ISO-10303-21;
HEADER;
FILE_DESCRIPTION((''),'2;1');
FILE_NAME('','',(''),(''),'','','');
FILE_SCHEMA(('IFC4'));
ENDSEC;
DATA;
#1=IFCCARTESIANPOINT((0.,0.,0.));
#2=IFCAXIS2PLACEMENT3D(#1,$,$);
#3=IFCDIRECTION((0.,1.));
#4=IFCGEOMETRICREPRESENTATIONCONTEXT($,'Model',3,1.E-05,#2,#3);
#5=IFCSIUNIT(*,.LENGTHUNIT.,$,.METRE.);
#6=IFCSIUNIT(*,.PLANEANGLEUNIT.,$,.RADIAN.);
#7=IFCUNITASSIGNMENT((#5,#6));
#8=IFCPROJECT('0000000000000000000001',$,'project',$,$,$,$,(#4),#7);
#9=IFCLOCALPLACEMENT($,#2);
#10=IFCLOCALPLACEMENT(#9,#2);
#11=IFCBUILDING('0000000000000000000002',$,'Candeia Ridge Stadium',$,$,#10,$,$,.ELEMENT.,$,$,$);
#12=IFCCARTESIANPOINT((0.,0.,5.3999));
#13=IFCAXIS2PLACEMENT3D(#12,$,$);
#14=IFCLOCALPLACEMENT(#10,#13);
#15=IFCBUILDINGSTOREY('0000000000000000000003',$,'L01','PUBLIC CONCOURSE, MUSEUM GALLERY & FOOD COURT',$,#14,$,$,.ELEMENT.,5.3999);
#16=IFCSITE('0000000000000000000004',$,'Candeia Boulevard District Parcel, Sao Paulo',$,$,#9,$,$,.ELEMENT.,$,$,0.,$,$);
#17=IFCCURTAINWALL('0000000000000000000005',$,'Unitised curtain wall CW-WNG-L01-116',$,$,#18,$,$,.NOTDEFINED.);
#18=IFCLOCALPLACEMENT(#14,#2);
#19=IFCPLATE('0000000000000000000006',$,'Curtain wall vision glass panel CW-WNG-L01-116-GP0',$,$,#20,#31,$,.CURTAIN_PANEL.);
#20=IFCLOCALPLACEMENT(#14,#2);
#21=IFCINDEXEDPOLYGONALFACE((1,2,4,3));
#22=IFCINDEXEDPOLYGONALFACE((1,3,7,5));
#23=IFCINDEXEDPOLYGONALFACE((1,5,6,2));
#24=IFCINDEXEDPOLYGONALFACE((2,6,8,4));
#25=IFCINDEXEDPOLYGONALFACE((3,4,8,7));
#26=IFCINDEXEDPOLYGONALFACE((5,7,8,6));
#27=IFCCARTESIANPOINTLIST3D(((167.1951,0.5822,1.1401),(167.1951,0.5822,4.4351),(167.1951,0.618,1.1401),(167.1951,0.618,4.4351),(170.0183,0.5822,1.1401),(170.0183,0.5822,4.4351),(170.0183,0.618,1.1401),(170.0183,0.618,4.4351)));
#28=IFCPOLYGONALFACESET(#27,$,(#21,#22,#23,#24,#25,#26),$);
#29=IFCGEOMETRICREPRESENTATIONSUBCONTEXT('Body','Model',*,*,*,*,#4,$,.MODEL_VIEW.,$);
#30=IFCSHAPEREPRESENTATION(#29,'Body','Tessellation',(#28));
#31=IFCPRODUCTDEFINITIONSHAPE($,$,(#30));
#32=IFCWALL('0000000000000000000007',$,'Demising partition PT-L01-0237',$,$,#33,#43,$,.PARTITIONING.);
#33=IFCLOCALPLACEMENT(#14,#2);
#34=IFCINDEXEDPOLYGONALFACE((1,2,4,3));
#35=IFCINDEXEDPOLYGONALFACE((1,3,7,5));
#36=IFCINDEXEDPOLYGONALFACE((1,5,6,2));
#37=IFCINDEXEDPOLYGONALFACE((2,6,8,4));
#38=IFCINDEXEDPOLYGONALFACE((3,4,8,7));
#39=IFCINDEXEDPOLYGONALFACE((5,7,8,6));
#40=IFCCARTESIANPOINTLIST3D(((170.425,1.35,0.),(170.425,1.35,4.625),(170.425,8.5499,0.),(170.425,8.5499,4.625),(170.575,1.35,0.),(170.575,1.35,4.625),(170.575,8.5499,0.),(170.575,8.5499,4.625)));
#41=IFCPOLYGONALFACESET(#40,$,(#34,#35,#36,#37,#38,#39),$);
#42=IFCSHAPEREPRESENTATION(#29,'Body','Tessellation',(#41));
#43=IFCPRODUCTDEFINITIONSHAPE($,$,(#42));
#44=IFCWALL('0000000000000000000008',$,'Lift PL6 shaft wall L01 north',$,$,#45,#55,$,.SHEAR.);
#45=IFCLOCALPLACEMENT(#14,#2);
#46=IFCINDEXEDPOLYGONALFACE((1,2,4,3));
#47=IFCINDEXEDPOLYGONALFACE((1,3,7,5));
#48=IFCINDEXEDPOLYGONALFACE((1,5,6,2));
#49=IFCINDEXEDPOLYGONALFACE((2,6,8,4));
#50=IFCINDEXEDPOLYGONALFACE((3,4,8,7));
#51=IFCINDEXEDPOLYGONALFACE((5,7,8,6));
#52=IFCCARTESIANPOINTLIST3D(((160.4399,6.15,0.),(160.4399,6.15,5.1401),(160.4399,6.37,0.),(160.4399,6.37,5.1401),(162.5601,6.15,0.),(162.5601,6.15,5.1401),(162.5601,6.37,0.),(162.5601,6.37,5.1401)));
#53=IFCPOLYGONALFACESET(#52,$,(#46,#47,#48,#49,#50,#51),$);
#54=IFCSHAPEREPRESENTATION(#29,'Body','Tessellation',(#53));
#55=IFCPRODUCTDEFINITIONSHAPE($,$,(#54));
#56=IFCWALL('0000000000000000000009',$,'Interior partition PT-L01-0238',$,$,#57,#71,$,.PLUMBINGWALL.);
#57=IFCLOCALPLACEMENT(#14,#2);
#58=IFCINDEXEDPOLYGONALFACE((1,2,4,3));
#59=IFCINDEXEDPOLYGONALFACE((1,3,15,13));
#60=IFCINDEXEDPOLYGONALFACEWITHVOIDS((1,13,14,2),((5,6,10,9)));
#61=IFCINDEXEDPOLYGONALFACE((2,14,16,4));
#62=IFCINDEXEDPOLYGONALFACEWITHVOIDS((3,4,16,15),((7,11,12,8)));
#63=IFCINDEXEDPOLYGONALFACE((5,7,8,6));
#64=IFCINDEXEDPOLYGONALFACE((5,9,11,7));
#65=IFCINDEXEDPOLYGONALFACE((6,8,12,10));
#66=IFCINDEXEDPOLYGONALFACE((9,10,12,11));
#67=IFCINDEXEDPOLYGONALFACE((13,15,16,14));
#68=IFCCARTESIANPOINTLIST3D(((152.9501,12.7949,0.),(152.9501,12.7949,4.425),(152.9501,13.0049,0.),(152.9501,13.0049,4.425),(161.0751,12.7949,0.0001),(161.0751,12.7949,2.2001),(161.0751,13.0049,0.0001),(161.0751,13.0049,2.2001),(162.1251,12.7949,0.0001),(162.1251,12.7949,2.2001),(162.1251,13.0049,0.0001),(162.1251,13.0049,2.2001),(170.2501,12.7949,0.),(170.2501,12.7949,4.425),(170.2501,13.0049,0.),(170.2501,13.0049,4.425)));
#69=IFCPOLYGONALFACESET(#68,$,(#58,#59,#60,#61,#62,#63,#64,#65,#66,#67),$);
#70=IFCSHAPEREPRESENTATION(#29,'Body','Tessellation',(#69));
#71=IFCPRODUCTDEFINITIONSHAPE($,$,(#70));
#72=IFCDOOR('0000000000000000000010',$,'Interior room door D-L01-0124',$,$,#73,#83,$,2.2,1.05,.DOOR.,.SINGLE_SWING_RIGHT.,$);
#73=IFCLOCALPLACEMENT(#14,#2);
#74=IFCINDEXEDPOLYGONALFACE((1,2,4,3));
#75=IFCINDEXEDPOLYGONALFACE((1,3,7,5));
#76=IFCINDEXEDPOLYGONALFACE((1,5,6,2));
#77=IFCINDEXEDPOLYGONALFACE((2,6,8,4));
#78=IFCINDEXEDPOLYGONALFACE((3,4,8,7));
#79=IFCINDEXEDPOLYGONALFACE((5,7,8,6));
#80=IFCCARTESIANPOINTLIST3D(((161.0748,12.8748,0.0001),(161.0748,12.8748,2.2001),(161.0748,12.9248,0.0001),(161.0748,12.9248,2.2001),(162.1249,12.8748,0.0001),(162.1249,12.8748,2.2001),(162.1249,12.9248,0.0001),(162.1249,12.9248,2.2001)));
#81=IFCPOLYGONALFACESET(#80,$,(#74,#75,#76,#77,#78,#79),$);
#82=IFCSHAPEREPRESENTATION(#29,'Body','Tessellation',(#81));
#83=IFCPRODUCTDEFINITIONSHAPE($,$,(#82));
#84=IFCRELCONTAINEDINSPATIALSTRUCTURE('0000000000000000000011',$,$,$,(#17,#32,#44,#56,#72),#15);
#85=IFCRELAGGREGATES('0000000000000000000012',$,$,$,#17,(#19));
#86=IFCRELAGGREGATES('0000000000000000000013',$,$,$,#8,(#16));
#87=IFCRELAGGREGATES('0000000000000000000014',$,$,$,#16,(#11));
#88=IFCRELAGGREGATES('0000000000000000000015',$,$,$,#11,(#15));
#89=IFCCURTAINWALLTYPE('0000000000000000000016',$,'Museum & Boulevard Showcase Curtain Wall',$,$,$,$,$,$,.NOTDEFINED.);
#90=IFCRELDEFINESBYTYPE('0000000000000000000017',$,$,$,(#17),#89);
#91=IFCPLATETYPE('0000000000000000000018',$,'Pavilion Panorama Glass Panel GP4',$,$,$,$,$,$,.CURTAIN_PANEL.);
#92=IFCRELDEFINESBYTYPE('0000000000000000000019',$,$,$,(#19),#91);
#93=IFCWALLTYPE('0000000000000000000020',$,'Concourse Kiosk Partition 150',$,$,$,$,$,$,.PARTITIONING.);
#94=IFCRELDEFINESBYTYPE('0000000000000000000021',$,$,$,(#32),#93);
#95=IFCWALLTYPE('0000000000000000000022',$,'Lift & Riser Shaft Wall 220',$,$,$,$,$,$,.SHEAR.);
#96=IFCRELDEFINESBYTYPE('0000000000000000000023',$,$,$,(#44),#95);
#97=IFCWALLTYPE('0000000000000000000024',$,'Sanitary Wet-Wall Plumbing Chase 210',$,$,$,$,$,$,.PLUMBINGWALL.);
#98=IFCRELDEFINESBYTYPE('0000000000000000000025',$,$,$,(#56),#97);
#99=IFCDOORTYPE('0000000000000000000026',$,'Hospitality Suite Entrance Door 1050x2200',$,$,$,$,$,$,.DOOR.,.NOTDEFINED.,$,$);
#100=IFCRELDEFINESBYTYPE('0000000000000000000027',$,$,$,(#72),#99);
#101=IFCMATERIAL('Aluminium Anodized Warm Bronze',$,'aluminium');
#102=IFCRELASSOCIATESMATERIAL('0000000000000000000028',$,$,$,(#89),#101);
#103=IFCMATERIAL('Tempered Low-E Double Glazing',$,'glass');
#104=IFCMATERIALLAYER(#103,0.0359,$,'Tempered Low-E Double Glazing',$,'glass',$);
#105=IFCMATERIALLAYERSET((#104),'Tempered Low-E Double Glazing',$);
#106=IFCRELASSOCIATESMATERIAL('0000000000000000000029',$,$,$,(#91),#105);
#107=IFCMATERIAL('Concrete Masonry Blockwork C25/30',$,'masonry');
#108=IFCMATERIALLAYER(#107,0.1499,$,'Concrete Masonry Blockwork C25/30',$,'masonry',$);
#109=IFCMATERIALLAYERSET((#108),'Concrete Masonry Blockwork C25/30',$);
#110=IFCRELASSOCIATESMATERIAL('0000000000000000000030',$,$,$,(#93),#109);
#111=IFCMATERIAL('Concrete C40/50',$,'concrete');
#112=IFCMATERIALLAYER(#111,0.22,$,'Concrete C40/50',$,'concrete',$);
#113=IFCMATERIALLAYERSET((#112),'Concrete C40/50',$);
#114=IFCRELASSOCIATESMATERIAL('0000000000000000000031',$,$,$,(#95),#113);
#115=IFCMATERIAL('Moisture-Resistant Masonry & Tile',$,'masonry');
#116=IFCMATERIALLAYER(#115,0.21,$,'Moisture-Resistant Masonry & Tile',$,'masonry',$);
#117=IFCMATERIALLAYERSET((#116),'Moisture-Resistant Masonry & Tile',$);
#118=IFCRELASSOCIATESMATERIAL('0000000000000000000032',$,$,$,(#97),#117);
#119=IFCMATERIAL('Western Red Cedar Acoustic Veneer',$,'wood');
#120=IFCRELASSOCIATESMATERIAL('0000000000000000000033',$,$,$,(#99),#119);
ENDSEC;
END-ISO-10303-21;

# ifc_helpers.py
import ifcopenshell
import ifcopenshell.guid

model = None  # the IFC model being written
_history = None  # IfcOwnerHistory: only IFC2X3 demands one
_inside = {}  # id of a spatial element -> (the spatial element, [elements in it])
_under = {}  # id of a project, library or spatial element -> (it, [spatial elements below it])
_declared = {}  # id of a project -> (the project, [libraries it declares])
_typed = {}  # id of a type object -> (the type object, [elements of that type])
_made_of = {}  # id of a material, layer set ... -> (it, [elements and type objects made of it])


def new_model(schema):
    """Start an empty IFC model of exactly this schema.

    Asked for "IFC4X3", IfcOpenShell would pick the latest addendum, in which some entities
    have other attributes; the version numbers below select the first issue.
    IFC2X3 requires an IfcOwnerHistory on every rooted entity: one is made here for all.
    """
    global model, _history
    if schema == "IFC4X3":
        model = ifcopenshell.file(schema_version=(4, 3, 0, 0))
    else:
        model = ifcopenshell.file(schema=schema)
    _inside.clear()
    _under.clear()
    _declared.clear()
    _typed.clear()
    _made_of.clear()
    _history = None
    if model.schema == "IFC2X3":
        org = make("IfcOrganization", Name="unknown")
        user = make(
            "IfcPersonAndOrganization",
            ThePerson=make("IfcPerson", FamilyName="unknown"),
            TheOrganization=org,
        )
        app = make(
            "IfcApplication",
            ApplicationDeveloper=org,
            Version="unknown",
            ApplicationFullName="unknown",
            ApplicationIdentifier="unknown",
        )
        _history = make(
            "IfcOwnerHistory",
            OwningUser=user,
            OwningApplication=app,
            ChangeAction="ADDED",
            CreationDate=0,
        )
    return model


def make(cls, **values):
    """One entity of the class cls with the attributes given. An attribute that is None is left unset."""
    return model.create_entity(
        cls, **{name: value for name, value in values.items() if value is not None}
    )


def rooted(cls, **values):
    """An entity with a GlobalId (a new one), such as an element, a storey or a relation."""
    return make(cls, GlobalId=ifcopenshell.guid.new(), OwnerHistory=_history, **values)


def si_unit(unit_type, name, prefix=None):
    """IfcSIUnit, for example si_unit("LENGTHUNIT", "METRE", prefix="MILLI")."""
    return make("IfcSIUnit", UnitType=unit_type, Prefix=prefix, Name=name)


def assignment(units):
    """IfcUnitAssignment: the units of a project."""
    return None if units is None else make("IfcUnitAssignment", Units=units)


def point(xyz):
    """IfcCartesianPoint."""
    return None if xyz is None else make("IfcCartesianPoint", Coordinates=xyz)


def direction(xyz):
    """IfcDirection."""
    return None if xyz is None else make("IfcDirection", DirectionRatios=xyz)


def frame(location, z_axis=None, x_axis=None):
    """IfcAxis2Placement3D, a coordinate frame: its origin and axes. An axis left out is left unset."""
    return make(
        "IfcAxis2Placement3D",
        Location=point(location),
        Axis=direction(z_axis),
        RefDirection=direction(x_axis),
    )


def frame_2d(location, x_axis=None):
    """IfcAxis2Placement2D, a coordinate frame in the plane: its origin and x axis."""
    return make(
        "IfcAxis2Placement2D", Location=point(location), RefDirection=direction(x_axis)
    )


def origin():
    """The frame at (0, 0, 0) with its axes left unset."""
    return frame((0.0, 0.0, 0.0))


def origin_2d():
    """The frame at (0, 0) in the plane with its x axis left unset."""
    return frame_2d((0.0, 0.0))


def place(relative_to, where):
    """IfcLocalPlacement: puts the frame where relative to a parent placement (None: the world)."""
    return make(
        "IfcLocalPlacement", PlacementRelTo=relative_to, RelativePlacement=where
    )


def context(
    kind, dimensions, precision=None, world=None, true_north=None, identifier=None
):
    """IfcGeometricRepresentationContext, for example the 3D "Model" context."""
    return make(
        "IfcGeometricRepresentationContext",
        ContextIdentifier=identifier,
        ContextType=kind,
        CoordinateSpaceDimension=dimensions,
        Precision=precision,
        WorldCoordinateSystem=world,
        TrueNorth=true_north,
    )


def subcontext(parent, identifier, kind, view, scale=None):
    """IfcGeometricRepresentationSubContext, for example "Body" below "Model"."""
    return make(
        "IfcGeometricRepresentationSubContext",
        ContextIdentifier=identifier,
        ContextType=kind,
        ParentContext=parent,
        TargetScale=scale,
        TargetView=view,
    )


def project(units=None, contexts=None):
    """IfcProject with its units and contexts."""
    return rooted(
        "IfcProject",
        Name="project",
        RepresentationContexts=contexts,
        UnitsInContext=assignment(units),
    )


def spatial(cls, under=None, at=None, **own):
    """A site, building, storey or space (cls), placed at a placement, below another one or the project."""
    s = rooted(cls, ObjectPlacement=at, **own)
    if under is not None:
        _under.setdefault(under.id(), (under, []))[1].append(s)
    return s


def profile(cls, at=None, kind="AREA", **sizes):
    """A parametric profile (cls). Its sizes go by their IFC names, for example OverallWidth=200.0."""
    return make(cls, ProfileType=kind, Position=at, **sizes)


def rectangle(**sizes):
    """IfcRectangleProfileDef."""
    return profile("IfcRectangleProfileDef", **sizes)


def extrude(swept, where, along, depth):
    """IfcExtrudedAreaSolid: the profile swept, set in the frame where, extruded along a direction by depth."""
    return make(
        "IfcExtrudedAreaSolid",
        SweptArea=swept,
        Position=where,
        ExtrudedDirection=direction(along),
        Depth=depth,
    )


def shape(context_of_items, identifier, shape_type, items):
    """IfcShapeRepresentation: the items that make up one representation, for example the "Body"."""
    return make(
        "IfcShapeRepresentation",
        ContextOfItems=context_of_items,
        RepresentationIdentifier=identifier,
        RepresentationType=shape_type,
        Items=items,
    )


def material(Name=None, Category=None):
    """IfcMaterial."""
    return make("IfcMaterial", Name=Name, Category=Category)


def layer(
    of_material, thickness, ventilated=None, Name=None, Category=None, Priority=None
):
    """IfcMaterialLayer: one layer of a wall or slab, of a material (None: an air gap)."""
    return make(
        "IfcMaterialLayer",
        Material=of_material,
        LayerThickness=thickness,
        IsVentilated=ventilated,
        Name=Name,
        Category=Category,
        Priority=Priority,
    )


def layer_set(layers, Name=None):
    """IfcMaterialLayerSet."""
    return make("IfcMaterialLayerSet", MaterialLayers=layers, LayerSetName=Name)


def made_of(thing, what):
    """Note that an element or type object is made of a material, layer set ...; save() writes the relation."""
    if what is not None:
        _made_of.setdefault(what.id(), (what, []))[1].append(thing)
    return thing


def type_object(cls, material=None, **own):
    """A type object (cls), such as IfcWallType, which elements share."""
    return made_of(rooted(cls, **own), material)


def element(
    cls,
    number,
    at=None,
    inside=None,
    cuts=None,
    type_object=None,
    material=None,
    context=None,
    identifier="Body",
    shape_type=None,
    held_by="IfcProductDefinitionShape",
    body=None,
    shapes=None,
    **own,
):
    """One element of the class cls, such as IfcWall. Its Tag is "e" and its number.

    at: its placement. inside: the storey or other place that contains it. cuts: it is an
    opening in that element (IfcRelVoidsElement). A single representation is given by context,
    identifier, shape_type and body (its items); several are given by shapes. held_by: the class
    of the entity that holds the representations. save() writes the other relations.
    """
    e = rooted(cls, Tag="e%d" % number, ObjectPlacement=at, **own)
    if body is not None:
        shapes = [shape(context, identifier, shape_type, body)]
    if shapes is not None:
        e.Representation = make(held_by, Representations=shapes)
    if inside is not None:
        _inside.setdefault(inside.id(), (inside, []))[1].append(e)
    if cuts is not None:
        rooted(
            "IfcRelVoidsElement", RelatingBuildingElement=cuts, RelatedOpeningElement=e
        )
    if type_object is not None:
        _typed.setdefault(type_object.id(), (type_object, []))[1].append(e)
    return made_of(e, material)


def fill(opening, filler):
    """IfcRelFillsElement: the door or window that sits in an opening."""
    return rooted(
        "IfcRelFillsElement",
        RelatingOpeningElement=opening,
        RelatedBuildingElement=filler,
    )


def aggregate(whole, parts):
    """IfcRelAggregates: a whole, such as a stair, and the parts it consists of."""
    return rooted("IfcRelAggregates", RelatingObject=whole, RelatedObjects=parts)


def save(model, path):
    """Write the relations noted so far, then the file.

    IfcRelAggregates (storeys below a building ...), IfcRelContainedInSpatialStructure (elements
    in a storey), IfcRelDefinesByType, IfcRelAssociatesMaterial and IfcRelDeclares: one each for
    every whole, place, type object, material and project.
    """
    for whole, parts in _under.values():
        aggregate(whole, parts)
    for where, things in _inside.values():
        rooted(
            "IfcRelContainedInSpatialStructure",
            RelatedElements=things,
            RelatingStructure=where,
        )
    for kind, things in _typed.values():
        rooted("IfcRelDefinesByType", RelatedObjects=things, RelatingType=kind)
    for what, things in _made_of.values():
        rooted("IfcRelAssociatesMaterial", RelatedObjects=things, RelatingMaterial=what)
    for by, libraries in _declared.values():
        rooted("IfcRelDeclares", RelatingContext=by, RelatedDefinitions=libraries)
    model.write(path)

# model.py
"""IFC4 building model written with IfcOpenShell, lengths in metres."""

from ifc_helpers import new_model, si_unit, direction, frame, frame_2d, origin, origin_2d, place, context, subcontext, project, spatial, rectangle, extrude, material, layer, layer_set, type_object, element, fill, aggregate, save


model = new_model("IFC4")

# Units and contexts
model_context = context("Model", 3, precision=1e-05, world=origin(), true_north=direction((0.0, 1.0)))
body_context = subcontext(model_context, "Body", "Model", "MODEL_VIEW")
ifc_project = project(units=[si_unit("LENGTHUNIT", "METRE"), si_unit("PLANEANGLEUNIT", "RADIAN")], contexts=[model_context])

# Site, building, storey
site_placement = place(None, origin())
site = spatial("IfcSite", under=ifc_project, at=site_placement, Name="Candeia Boulevard District Parcel, Sao Paulo", CompositionType="ELEMENT", RefElevation=0.0)
building_placement = place(site_placement, origin())
building = spatial("IfcBuilding", under=site, at=building_placement, Name="Candeia Ridge Stadium", CompositionType="ELEMENT")
storey_placement = place(building_placement, frame((0.0, 0.0, 5.3999)))
storey = spatial("IfcBuildingStorey", under=building, at=storey_placement, Name="L01", Description="PUBLIC CONCOURSE, MUSEUM GALLERY & FOOD COURT", CompositionType="ELEMENT", Elevation=5.3999)

# Shared definitions
ifc_material_1 = material(Name="Concrete C40/50", Category="concrete")

# Curtain wall
ifc_material_2 = material(Name="Aluminium Anodized Warm Bronze", Category="aluminium")
curtain_wall_type = type_object("IfcCurtainWallType", Name="Museum & Boulevard Showcase Curtain Wall", PredefinedType="NOTDEFINED", material=ifc_material_2)
curtain_wall_placement = place(storey_placement, origin())
curtain_wall = element("IfcCurtainWall", 1, at=curtain_wall_placement, inside=storey, type_object=curtain_wall_type, Name="Unitised curtain wall CW-WNG-L01-116", PredefinedType="NOTDEFINED")

# Plate
ifc_material_3 = material(Name="Tempered Low-E Double Glazing", Category="glass")
ifc_layer_1 = layer(ifc_material_3, 0.0359, Name="Tempered Low-E Double Glazing", Category="glass")
ifc_layer_set_1 = layer_set([ifc_layer_1], Name="Tempered Low-E Double Glazing")
plate_type_1 = type_object("IfcPlateType", Name="Pavilion Panorama Glass Panel GP4", PredefinedType="CURTAIN_PANEL", material=ifc_layer_set_1)
plate_1_placement = place(storey_placement, frame((168.6067, 0.6001, 1.1401), z_axis=(0.0, 0.0, 1.0), x_axis=(1.0, 0.0, 0.0)))
plate_1 = element("IfcPlate", 2, at=plate_1_placement, type_object=plate_type_1, Name="Curtain wall vision glass panel CW-WNG-L01-116-GP0", PredefinedType="CURTAIN_PANEL", context=body_context, shape_type="SweptSolid", body=[
    extrude(rectangle(XDim=2.8232, YDim=0.0359, at=origin_2d()), origin(), (0.0, 0.0, 1.0), 3.2949),
])
aggregate(curtain_wall, [plate_1])

# Wall
ifc_material_4 = material(Name="Concrete Masonry Blockwork C25/30", Category="masonry")
ifc_layer_2 = layer(ifc_material_4, 0.1499, Name="Concrete Masonry Blockwork C25/30", Category="masonry")
ifc_layer_set_2 = layer_set([ifc_layer_2], Name="Concrete Masonry Blockwork C25/30")
wall_type_1 = type_object("IfcWallType", Name="Concourse Kiosk Partition 150", PredefinedType="PARTITIONING", material=ifc_layer_set_2)
wall_1_placement = place(storey_placement, frame((170.5, 8.55, 0.0), z_axis=(0.0, 0.0, 1.0), x_axis=(0.0, -1.0, 0.0)))
element("IfcWall", 3, at=wall_1_placement, inside=storey, type_object=wall_type_1, Name="Demising partition PT-L01-0237", PredefinedType="PARTITIONING", context=body_context, shape_type="SweptSolid", body=[
    extrude(rectangle(XDim=7.2, YDim=0.1499, at=frame_2d((3.6001, 0.0))), origin(), (0.0, 0.0, 1.0), 4.625),
])

# Shared definitions
ifc_layer_3 = layer(ifc_material_1, 0.22, Name="Concrete C40/50", Category="concrete")
ifc_layer_set_3 = layer_set([ifc_layer_3], Name="Concrete C40/50")
wall_type_2 = type_object("IfcWallType", Name="Lift & Riser Shaft Wall 220", PredefinedType="SHEAR", material=ifc_layer_set_3)

# Wall
wall_2_placement = place(storey_placement, frame((162.5601, 6.26, 0.0), z_axis=(0.0, 0.0, 1.0), x_axis=(-1.0, 0.0, 0.0)))
element("IfcWall", 4, at=wall_2_placement, inside=storey, type_object=wall_type_2, Name="Lift PL6 shaft wall L01 north", PredefinedType="SHEAR", context=body_context, shape_type="SweptSolid", body=[
    extrude(rectangle(XDim=2.1201, YDim=0.22, at=frame_2d((1.0601, 0.0))), origin(), (0.0, 0.0, 1.0), 5.1401),
])

# Wall, opening, door
ifc_material_5 = material(Name="Moisture-Resistant Masonry & Tile", Category="masonry")
ifc_layer_4 = layer(ifc_material_5, 0.21, Name="Moisture-Resistant Masonry & Tile", Category="masonry")
ifc_layer_set_4 = layer_set([ifc_layer_4], Name="Moisture-Resistant Masonry & Tile")
wall_type_3 = type_object("IfcWallType", Name="Sanitary Wet-Wall Plumbing Chase 210", PredefinedType="PLUMBINGWALL", material=ifc_layer_set_4)
wall_3_placement = place(storey_placement, frame((170.25, 12.8999, 0.0), z_axis=(0.0, 0.0, 1.0), x_axis=(-1.0, 0.0, 0.0)))
wall_3 = element("IfcWall", 5, at=wall_3_placement, inside=storey, type_object=wall_type_3, Name="Interior partition PT-L01-0238", PredefinedType="PLUMBINGWALL", context=body_context, shape_type="SweptSolid", body=[
    extrude(rectangle(XDim=17.3, YDim=0.21, at=frame_2d((8.6499, 0.0))), origin(), (0.0, 0.0, 1.0), 4.425),
])
opening_1_placement = place(wall_3_placement, frame((8.125, 0.0, 0.0)))
opening_1 = element("IfcOpeningElement", 6, at=opening_1_placement, cuts=wall_3, PredefinedType="OPENING", context=body_context, shape_type="SweptSolid", body=[
    extrude(rectangle(XDim=1.05, YDim=2.2, at=frame_2d((0.5249, 1.1001))), frame((0.0, 0.115, 0.0), z_axis=(0.0, -1.0, 0.0), x_axis=(1.0, 0.0, 0.0)), (0.0, 0.0, 1.0), 0.23),
])
ifc_material_6 = material(Name="Western Red Cedar Acoustic Veneer", Category="wood")
door_type_1 = type_object("IfcDoorType", Name="Hospitality Suite Entrance Door 1050x2200", OperationType="NOTDEFINED", PredefinedType="DOOR", material=ifc_material_6)
door_1_placement = place(opening_1_placement, frame((1.05, 0.0, 0.0), z_axis=(0.0, 0.0, 1.0), x_axis=(-1.0, 0.0, 0.0)))
door_1 = element("IfcDoor", 7, at=door_1_placement, inside=storey, type_object=door_type_1, Name="Interior room door D-L01-0124", OperationType="SINGLE_SWING_RIGHT", OverallHeight=2.2, OverallWidth=1.05, PredefinedType="DOOR", context=body_context, shape_type="SweptSolid", body=[
    extrude(rectangle(XDim=1.05, YDim=2.2, at=frame_2d((0.5249, 1.1001))), frame((0.0, 0.0249, 0.0), z_axis=(0.0, -1.0, 0.0), x_axis=(1.0, 0.0, 0.0)), (0.0, 0.0, 1.0), 0.05),
])
fill(opening_1, door_1)

save(model, "model.ifc")
